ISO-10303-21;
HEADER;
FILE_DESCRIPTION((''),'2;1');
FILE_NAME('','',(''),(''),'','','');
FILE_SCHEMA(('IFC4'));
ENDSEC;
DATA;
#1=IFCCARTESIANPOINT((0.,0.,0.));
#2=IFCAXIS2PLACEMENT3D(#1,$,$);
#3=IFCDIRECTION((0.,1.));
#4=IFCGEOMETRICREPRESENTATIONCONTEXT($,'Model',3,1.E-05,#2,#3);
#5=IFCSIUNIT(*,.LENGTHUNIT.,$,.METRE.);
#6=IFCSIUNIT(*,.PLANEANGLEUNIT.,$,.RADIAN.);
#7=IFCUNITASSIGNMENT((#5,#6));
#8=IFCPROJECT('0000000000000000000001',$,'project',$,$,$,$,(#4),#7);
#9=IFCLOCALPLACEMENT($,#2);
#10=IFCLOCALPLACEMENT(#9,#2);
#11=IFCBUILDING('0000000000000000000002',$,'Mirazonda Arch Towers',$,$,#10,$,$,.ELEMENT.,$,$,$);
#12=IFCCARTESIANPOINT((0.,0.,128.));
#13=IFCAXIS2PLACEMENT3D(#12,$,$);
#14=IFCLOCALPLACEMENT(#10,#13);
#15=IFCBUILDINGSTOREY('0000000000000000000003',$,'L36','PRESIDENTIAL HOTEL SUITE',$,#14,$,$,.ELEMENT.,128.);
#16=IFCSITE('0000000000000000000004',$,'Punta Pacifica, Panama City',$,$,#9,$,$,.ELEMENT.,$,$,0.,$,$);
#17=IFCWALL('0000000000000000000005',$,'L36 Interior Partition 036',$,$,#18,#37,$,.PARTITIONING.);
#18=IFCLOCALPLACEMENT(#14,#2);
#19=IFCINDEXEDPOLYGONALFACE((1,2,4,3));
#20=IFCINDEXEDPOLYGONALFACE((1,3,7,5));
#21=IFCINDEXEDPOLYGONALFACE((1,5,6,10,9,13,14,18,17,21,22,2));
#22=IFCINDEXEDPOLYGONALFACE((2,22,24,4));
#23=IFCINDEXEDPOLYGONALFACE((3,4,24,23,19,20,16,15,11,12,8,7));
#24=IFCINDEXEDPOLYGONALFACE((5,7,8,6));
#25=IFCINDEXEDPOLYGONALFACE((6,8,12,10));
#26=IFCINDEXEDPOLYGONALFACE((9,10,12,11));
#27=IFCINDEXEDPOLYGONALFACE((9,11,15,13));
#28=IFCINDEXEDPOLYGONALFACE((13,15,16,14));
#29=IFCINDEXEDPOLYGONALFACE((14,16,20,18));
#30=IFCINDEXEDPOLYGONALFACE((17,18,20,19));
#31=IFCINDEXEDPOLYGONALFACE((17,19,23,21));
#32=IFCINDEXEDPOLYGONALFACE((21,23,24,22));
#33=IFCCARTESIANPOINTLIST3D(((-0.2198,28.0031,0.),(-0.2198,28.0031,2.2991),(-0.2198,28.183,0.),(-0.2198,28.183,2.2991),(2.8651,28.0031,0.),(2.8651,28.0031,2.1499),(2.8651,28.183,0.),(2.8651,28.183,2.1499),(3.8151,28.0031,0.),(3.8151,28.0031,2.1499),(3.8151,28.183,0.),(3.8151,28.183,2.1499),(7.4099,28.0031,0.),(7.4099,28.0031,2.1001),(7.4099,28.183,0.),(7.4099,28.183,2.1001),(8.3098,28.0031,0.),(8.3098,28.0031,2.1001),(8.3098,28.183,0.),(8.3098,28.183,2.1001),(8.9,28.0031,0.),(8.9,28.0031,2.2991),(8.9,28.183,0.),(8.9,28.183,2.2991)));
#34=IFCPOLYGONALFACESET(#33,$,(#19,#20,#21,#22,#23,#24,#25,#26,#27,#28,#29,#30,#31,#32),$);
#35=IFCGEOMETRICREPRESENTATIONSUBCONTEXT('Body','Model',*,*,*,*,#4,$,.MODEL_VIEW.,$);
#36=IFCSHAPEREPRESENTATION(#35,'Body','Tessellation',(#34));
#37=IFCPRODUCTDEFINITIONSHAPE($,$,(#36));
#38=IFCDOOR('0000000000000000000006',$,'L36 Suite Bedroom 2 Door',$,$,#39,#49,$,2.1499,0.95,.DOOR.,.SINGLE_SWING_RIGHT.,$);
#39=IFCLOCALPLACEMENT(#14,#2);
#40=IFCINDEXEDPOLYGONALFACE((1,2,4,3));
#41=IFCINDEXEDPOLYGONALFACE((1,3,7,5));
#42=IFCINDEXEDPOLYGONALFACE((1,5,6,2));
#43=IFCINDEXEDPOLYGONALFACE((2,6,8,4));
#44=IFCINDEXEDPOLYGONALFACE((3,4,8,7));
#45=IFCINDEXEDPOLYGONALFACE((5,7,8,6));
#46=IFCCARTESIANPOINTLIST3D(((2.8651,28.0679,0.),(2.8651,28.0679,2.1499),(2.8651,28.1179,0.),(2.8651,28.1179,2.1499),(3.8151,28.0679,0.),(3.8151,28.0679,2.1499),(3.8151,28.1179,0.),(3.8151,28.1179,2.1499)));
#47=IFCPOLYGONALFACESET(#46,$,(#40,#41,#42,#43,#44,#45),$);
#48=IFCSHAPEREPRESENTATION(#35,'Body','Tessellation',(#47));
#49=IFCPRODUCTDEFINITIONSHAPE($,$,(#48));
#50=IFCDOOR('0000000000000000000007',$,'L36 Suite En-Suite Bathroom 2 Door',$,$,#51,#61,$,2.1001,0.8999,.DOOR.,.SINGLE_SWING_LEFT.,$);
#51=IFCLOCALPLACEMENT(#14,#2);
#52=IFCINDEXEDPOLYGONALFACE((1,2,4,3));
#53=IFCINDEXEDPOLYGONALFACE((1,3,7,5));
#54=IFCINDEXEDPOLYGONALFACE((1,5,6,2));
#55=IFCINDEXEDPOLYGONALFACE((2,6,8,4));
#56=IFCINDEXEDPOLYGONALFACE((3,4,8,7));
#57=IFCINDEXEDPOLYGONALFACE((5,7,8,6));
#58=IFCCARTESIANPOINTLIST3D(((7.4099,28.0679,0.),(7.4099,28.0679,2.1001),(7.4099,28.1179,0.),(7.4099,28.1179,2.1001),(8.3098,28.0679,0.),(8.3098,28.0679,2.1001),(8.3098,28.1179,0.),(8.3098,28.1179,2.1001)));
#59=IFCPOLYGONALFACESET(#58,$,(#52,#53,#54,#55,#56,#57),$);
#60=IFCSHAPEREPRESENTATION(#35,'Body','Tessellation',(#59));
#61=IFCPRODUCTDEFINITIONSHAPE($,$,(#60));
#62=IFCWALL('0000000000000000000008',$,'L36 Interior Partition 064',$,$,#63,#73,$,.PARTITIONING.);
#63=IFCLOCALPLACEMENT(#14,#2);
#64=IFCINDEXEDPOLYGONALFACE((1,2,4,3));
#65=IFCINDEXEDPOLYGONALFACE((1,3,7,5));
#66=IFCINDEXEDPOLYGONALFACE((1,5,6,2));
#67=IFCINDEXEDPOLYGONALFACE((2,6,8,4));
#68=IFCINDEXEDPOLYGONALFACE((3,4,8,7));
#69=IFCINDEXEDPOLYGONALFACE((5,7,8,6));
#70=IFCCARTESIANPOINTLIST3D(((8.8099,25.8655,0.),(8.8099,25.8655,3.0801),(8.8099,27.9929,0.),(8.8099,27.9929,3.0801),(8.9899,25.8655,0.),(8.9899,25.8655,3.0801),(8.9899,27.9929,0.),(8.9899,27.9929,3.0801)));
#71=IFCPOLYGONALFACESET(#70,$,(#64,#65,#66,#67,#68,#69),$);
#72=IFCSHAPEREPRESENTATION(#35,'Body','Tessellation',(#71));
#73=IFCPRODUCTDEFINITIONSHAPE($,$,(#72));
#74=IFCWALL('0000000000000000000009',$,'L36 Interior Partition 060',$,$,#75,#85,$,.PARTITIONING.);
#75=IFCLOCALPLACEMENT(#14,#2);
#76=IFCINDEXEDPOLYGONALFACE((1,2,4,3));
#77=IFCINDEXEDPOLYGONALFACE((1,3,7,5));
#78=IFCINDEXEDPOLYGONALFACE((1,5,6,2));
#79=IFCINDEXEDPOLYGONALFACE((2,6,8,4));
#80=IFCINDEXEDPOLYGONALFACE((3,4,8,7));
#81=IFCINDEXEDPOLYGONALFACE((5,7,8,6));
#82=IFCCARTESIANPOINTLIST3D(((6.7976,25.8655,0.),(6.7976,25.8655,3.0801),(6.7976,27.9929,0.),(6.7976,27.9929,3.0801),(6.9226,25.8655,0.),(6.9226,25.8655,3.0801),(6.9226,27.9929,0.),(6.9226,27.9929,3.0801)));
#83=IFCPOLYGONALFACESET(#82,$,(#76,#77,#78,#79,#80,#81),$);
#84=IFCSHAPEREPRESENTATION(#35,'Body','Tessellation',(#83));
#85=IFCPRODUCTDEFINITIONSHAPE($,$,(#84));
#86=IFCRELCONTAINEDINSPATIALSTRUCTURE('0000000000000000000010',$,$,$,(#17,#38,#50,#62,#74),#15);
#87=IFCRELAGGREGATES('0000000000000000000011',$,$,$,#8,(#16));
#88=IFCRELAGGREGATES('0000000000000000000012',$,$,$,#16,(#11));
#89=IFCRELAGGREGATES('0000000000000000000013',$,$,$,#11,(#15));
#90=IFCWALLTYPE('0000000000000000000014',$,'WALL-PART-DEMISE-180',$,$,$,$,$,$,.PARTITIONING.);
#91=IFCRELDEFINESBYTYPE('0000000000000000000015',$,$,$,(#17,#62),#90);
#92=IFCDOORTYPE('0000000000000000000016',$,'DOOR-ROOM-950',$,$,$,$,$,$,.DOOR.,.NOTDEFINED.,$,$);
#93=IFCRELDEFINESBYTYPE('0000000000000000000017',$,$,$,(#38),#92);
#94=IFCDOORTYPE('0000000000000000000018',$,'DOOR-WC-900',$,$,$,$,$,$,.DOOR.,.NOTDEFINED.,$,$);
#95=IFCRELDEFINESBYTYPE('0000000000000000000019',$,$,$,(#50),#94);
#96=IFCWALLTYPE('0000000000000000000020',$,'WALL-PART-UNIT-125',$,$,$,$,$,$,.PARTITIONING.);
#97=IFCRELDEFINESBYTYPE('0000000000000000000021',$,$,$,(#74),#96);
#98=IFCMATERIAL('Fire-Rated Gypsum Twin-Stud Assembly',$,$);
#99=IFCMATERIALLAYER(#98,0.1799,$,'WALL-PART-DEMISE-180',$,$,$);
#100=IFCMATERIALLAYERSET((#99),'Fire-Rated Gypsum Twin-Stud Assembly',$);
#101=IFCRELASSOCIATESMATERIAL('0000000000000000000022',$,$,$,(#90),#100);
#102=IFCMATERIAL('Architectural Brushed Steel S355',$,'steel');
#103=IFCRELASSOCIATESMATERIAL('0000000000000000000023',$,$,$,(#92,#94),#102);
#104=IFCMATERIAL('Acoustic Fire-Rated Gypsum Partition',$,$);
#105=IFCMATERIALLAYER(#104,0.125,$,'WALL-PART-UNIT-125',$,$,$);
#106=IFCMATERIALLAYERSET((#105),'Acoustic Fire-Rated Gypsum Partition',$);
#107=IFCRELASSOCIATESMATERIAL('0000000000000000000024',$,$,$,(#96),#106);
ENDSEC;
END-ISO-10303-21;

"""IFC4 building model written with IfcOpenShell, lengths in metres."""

from ifc_helpers import new_model, si_unit, direction, frame, frame_2d, origin, place, context, subcontext, project, spatial, rectangle, extrude, material, layer, layer_set, type_object, element, fill, save


model = new_model("IFC4")

# Units and contexts
model_context = context("Model", 3, precision=1e-05, world=origin(), true_north=direction((0.0, 1.0)))
body_context = subcontext(model_context, "Body", "Model", "MODEL_VIEW")
ifc_project = project(units=[si_unit("LENGTHUNIT", "METRE"), si_unit("PLANEANGLEUNIT", "RADIAN")], contexts=[model_context])

# Site, building, storey
site_placement = place(None, origin())
site = spatial("IfcSite", under=ifc_project, at=site_placement, Name="Punta Pacifica, Panama City", CompositionType="ELEMENT", RefElevation=0.0)
building_placement = place(site_placement, origin())
building = spatial("IfcBuilding", under=site, at=building_placement, Name="Mirazonda Arch Towers", CompositionType="ELEMENT")
storey_placement = place(building_placement, frame((0.0, 0.0, 128.0)))
storey = spatial("IfcBuildingStorey", under=building, at=storey_placement, Name="L36", Description="PRESIDENTIAL HOTEL SUITE", CompositionType="ELEMENT", Elevation=128.0)

# Wall, openings, doors
ifc_material_1 = material(Name="Fire-Rated Gypsum Twin-Stud Assembly")
ifc_layer_1 = layer(ifc_material_1, 0.1799, Name="WALL-PART-DEMISE-180")
ifc_layer_set_1 = layer_set([ifc_layer_1], Name="Fire-Rated Gypsum Twin-Stud Assembly")
wall_type_1 = type_object("IfcWallType", Name="WALL-PART-DEMISE-180", PredefinedType="PARTITIONING", material=ifc_layer_set_1)
wall_1_placement = place(storey_placement, frame((-0.22, 28.093, 0.0), z_axis=(0.0, 0.0, 1.0), x_axis=(1.0, 0.0, 0.0)))
wall_1 = element("IfcWall", 1, at=wall_1_placement, inside=storey, type_object=wall_type_1, Name="L36 Interior Partition 036", PredefinedType="PARTITIONING", context=body_context, shape_type="SweptSolid", body=[
    extrude(rectangle(XDim=9.1199, YDim=0.1799, at=frame_2d((4.5601, 0.0))), origin(), (0.0, 0.0, 1.0), 2.2991),
])
opening_1_placement = place(wall_1_placement, frame((3.085, 0.0, 0.0)))
opening_1 = element("IfcOpeningElement", 2, at=opening_1_placement, cuts=wall_1, PredefinedType="OPENING", context=body_context, shape_type="SweptSolid", body=[
    extrude(rectangle(XDim=0.95, YDim=2.1499, at=frame_2d((0.4751, 1.075))), frame((0.0, 0.0999, 0.0), z_axis=(0.0, -1.0, 0.0), x_axis=(1.0, 0.0, 0.0)), (0.0, 0.0, 1.0), 0.2),
])
opening_2_placement = place(wall_1_placement, frame((7.6299, 0.0, 0.0)))
opening_2 = element("IfcOpeningElement", 3, at=opening_2_placement, cuts=wall_1, PredefinedType="OPENING", context=body_context, shape_type="SweptSolid", body=[
    extrude(rectangle(XDim=0.8999, YDim=2.1001, at=frame_2d((0.45, 1.05))), frame((0.0, 0.0999, 0.0), z_axis=(0.0, -1.0, 0.0), x_axis=(1.0, 0.0, 0.0)), (0.0, 0.0, 1.0), 0.2),
])
ifc_material_2 = material(Name="Architectural Brushed Steel S355", Category="steel")
door_type_1 = type_object("IfcDoorType", Name="DOOR-ROOM-950", OperationType="NOTDEFINED", PredefinedType="DOOR", material=ifc_material_2)
door_1_placement = place(opening_1_placement, origin())
door_1 = element("IfcDoor", 4, at=door_1_placement, inside=storey, type_object=door_type_1, Name="L36 Suite Bedroom 2 Door", OperationType="SINGLE_SWING_RIGHT", OverallHeight=2.1499, OverallWidth=0.95, PredefinedType="DOOR", context=body_context, shape_type="SweptSolid", body=[
    extrude(rectangle(XDim=0.95, YDim=2.1499, at=frame_2d((0.4751, 1.075))), frame((0.0, 0.0249, 0.0), z_axis=(0.0, -1.0, 0.0), x_axis=(1.0, 0.0, 0.0)), (0.0, 0.0, 1.0), 0.05),
])
fill(opening_1, door_1)
door_type_2 = type_object("IfcDoorType", Name="DOOR-WC-900", OperationType="NOTDEFINED", PredefinedType="DOOR", material=ifc_material_2)
door_2_placement = place(opening_2_placement, origin())
door_2 = element("IfcDoor", 5, at=door_2_placement, inside=storey, type_object=door_type_2, Name="L36 Suite En-Suite Bathroom 2 Door", OperationType="SINGLE_SWING_LEFT", OverallHeight=2.1001, OverallWidth=0.8999, PredefinedType="DOOR", context=body_context, shape_type="SweptSolid", body=[
    extrude(rectangle(XDim=0.8999, YDim=2.1001, at=frame_2d((0.45, 1.05))), frame((0.0, 0.0249, 0.0), z_axis=(0.0, -1.0, 0.0), x_axis=(1.0, 0.0, 0.0)), (0.0, 0.0, 1.0), 0.05),
])
fill(opening_2, door_2)

# Walls
wall_2_placement = place(storey_placement, frame((8.8999, 25.8655, 0.0), z_axis=(0.0, 0.0, 1.0), x_axis=(0.0, 1.0, 0.0)))
element("IfcWall", 6, at=wall_2_placement, inside=storey, type_object=wall_type_1, Name="L36 Interior Partition 064", PredefinedType="PARTITIONING", context=body_context, shape_type="SweptSolid", body=[
    extrude(rectangle(XDim=2.1274, YDim=0.1799, at=frame_2d((1.0637, 0.0))), origin(), (0.0, 0.0, 1.0), 3.0801),
])
ifc_material_3 = material(Name="Acoustic Fire-Rated Gypsum Partition")
ifc_layer_2 = layer(ifc_material_3, 0.125, Name="WALL-PART-UNIT-125")
ifc_layer_set_2 = layer_set([ifc_layer_2], Name="Acoustic Fire-Rated Gypsum Partition")
wall_type_2 = type_object("IfcWallType", Name="WALL-PART-UNIT-125", PredefinedType="PARTITIONING", material=ifc_layer_set_2)
wall_3_placement = place(storey_placement, frame((6.8601, 25.8655, 0.0), z_axis=(0.0, 0.0, 1.0), x_axis=(0.0, 1.0, 0.0)))
element("IfcWall", 7, at=wall_3_placement, inside=storey, type_object=wall_type_2, Name="L36 Interior Partition 060", PredefinedType="PARTITIONING", context=body_context, shape_type="SweptSolid", body=[
    extrude(rectangle(XDim=2.1274, YDim=0.125, at=frame_2d((1.0637, 0.0))), origin(), (0.0, 0.0, 1.0), 3.0801),
])

save(model, "model.ifc")
